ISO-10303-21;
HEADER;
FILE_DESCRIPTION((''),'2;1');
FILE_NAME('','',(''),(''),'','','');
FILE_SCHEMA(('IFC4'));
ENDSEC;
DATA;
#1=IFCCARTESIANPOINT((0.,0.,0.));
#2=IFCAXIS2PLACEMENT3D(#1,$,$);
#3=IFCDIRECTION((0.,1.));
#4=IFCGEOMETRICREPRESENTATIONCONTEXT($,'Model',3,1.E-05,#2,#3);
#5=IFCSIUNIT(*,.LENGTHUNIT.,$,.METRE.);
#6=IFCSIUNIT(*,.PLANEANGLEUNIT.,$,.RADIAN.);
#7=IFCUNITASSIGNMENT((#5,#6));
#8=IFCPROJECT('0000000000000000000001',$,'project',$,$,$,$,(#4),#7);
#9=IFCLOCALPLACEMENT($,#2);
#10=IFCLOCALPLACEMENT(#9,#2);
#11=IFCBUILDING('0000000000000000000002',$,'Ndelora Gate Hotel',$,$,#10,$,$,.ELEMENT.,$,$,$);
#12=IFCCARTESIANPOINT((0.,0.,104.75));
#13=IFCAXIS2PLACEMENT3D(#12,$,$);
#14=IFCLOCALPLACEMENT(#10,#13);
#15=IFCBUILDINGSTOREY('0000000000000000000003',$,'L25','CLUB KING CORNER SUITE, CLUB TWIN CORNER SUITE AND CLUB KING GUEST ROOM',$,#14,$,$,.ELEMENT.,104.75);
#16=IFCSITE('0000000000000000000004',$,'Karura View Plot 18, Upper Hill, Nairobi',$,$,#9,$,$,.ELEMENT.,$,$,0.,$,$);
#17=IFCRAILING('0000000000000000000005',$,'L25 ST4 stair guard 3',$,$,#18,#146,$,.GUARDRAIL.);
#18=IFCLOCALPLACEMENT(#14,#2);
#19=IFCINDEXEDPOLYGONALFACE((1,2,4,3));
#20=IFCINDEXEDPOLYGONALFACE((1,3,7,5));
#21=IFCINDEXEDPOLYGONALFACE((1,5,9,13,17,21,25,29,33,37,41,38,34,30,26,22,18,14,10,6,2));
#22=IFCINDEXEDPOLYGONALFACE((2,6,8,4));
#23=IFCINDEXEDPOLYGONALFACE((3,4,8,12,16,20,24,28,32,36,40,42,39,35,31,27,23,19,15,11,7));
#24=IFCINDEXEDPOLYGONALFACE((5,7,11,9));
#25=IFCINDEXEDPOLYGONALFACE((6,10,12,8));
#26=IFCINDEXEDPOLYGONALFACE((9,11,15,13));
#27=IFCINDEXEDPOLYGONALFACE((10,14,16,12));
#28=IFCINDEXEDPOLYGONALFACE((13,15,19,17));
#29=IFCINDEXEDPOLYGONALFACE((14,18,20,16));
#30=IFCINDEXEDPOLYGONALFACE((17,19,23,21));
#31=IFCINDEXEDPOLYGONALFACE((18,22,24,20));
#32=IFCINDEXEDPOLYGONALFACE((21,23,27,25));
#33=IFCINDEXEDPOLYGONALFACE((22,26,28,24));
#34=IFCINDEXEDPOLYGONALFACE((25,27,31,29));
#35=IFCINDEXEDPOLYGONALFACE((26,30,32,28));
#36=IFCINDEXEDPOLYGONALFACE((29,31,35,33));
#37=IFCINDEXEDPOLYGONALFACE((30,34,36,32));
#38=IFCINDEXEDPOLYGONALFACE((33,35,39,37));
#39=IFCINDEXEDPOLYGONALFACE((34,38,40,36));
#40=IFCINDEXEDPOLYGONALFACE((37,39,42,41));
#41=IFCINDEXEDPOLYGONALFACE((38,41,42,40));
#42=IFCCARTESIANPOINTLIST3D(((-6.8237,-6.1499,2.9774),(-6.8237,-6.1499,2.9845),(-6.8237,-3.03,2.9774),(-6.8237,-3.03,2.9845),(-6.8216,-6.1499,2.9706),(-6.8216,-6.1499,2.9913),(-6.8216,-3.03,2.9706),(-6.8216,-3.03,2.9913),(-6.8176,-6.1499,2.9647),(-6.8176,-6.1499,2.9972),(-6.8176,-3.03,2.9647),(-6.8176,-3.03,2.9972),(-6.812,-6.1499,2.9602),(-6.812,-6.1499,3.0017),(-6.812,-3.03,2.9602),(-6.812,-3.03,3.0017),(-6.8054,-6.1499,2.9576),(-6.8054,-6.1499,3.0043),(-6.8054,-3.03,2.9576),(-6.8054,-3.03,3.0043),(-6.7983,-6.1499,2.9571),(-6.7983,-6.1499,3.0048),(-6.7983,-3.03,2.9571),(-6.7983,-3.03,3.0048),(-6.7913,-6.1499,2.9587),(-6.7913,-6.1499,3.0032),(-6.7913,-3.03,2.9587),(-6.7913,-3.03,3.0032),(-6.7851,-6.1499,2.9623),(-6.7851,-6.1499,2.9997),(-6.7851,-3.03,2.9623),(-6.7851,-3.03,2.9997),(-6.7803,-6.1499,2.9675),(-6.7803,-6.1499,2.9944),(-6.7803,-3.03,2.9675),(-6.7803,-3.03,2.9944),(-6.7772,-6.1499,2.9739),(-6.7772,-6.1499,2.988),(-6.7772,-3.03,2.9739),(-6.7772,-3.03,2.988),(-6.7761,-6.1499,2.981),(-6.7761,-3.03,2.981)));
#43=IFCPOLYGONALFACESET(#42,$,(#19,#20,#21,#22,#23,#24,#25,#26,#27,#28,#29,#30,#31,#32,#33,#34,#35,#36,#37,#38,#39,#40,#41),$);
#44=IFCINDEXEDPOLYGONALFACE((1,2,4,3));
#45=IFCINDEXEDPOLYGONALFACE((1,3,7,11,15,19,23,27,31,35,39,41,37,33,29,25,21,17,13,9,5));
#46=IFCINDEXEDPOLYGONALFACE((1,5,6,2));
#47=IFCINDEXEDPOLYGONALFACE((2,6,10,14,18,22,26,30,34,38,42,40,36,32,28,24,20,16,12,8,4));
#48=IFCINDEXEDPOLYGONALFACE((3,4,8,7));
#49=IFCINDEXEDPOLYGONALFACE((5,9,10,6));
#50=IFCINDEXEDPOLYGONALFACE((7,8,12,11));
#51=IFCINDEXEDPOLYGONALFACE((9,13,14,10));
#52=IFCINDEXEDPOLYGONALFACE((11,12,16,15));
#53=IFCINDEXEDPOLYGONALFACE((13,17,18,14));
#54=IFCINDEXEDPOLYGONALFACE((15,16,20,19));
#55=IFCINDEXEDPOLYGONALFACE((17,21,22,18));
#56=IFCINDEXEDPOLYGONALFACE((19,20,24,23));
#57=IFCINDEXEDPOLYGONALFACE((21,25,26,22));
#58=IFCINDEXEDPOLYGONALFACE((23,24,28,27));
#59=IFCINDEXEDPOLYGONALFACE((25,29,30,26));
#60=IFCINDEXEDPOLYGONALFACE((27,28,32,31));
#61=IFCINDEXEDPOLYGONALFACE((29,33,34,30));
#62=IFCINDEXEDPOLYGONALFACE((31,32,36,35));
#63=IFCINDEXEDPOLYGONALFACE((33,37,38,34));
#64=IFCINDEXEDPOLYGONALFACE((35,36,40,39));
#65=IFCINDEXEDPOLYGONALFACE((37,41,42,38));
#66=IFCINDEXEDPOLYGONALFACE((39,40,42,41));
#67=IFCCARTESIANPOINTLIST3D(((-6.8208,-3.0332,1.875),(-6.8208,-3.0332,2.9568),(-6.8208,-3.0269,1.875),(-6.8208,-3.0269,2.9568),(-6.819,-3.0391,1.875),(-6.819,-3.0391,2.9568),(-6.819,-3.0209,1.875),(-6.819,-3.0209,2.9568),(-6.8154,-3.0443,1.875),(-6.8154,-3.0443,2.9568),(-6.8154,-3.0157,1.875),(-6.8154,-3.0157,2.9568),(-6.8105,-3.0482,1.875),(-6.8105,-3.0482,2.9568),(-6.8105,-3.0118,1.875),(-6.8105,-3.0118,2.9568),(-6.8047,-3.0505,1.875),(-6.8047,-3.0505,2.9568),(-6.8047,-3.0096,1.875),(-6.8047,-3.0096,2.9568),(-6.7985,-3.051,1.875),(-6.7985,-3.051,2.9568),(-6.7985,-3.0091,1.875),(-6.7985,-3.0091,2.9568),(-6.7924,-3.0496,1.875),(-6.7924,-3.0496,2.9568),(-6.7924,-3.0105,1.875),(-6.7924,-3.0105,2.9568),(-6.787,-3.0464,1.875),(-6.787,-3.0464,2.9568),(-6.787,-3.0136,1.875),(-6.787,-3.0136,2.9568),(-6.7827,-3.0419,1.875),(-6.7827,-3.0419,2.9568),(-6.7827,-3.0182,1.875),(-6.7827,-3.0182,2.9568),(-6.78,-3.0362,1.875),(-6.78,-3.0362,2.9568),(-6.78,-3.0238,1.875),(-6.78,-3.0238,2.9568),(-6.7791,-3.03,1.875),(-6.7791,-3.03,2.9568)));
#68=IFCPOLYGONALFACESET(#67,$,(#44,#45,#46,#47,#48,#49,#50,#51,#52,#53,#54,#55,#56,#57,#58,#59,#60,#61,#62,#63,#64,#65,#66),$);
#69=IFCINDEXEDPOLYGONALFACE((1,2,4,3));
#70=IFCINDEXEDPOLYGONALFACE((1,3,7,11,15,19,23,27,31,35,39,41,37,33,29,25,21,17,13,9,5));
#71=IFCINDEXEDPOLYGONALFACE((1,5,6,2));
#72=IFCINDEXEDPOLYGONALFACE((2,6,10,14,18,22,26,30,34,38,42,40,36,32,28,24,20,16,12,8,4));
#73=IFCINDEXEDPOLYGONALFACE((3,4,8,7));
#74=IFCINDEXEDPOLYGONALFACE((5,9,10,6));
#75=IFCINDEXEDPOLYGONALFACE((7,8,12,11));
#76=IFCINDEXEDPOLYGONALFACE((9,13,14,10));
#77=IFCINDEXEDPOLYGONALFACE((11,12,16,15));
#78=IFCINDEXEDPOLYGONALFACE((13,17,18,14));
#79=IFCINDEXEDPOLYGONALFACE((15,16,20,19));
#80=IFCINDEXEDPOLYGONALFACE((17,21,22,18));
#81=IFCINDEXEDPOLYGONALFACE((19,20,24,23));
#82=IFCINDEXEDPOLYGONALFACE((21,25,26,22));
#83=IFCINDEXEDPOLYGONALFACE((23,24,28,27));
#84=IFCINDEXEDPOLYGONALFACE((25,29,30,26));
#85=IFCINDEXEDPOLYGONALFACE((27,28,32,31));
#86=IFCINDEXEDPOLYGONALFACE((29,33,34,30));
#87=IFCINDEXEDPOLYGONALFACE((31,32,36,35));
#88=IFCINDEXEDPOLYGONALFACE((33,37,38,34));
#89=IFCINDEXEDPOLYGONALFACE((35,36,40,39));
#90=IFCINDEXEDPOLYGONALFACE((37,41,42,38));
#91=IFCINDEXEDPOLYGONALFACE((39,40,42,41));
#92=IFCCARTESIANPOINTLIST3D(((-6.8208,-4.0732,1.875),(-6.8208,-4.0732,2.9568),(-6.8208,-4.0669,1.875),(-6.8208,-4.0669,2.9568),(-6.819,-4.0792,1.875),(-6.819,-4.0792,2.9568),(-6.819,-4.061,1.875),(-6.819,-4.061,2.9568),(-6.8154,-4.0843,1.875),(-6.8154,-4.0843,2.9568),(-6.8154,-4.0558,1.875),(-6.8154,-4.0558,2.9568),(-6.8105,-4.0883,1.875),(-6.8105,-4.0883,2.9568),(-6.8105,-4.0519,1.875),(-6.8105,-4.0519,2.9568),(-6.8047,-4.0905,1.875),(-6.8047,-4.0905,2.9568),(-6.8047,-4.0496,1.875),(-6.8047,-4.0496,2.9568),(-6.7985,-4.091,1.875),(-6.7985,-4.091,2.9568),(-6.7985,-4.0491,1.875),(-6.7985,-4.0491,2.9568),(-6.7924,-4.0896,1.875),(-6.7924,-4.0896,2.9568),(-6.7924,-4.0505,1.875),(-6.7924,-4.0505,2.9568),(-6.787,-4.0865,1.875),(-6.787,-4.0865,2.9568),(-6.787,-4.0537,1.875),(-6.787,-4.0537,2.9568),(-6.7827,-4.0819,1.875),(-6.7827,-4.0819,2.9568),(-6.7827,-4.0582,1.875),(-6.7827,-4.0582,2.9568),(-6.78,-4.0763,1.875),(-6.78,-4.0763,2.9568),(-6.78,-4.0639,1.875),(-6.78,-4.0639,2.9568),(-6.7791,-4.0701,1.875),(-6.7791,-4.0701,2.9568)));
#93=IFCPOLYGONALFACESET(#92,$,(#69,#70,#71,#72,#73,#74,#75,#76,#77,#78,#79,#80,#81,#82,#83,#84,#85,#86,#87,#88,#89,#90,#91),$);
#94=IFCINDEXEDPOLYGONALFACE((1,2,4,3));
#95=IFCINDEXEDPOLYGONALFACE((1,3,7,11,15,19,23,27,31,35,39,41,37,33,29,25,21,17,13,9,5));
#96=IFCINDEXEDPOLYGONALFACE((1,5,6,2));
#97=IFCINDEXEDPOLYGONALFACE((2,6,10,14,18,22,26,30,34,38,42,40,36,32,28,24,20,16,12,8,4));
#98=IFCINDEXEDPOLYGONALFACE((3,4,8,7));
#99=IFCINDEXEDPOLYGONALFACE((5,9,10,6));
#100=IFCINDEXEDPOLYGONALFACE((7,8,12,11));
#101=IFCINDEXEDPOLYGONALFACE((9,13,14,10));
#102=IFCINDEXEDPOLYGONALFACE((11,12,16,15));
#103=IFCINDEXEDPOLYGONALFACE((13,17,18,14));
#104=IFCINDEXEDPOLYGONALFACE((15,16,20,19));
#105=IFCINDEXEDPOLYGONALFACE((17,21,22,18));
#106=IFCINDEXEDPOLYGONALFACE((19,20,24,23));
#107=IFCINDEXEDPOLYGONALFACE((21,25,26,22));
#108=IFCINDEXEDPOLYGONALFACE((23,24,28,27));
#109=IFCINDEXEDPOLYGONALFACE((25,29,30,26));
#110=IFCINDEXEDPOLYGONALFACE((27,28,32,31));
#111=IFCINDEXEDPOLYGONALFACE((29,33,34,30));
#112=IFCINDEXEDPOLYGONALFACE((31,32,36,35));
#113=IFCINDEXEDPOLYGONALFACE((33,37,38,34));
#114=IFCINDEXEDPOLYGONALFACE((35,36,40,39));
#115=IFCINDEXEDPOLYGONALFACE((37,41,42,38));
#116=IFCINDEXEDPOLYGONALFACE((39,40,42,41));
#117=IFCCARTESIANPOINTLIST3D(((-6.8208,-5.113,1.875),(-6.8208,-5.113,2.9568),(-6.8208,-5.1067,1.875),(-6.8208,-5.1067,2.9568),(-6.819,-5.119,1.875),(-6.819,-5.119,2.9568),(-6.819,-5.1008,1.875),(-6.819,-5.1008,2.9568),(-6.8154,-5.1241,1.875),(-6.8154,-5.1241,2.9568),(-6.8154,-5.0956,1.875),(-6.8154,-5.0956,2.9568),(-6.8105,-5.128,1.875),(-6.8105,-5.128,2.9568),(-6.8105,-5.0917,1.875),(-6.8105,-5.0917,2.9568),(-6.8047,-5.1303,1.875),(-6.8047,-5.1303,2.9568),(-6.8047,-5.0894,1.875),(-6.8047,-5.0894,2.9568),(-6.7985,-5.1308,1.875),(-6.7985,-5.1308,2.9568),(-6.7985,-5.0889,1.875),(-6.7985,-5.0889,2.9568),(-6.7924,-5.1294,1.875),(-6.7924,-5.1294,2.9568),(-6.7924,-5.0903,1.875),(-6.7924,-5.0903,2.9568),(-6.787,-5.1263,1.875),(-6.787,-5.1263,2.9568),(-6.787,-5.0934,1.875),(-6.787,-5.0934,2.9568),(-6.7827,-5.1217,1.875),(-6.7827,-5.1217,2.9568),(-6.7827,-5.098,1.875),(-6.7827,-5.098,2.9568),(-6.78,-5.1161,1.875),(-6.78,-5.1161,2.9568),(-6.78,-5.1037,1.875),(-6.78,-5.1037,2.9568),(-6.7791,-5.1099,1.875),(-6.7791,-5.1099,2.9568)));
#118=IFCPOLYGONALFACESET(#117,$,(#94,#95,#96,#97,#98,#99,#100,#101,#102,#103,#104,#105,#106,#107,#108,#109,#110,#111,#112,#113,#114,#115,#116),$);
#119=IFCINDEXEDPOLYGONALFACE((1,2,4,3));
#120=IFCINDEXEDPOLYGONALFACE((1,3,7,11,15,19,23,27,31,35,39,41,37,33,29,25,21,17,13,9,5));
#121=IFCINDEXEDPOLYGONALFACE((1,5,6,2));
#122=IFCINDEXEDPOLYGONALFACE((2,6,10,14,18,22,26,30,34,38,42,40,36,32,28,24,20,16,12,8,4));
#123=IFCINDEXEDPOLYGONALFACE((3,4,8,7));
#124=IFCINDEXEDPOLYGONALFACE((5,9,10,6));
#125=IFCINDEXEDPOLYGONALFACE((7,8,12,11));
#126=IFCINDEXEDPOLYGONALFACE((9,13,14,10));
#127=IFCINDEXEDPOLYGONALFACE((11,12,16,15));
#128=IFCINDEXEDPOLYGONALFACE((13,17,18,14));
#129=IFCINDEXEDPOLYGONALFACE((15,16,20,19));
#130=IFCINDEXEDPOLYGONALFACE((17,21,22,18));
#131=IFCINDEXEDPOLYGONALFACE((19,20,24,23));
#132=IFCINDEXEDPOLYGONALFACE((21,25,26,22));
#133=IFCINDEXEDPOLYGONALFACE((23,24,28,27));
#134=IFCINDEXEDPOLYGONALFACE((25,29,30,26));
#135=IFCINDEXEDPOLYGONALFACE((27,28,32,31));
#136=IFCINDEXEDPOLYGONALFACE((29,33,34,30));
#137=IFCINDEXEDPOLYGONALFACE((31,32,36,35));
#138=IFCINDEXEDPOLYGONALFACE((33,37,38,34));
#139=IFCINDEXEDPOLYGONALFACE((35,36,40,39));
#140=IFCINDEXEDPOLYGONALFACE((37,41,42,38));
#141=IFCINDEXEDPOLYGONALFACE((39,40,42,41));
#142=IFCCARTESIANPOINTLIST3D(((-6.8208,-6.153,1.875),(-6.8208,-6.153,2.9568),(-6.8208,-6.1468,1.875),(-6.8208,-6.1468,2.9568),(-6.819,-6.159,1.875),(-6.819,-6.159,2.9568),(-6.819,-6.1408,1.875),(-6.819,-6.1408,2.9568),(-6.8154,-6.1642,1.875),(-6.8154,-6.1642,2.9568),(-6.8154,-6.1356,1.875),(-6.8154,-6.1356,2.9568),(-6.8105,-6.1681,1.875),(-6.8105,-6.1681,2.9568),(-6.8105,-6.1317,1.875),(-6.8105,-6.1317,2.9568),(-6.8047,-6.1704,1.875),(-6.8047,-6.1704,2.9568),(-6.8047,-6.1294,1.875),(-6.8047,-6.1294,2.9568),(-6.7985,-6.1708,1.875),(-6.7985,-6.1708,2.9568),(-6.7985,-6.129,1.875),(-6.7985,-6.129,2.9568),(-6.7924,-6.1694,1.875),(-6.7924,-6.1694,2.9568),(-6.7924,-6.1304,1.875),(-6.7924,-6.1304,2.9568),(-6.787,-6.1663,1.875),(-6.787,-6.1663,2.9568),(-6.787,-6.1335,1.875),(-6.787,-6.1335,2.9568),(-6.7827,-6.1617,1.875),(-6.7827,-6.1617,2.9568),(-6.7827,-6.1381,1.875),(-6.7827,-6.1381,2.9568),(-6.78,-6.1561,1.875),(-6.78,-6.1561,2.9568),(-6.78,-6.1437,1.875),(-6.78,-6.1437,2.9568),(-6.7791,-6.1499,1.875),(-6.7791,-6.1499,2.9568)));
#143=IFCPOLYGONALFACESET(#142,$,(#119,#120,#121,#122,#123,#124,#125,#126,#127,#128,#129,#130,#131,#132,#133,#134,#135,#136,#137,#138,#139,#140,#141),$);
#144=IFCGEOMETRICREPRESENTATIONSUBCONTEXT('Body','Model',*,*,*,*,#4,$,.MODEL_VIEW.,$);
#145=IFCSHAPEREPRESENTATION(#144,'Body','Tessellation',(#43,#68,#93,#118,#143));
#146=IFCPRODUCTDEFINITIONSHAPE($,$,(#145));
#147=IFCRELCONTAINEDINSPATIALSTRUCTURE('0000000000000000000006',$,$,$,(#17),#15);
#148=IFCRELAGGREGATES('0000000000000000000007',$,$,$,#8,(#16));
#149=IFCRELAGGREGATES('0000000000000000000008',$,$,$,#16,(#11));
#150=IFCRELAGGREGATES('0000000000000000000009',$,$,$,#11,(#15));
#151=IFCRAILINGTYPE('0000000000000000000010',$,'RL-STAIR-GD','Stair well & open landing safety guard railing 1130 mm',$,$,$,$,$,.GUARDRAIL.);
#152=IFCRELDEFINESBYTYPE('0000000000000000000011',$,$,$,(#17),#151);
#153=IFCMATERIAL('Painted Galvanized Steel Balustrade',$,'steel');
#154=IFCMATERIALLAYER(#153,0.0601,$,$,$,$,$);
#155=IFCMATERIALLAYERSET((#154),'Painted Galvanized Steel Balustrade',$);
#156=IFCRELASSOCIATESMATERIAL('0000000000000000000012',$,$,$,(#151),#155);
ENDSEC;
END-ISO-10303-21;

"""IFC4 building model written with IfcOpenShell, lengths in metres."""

from ifc_helpers import new_model, si_unit, direction, frame, origin, origin_2d, place, context, subcontext, project, spatial, circle, extrude, material, layer, layer_set, type_object, element, save


model = new_model("IFC4")

# Units and contexts
model_context = context("Model", 3, precision=1e-05, world=origin(), true_north=direction((0.0, 1.0)))
body_context = subcontext(model_context, "Body", "Model", "MODEL_VIEW")
ifc_project = project(units=[si_unit("LENGTHUNIT", "METRE"), si_unit("PLANEANGLEUNIT", "RADIAN")], contexts=[model_context])

# Site, building, storey
site_placement = place(None, origin())
site = spatial("IfcSite", under=ifc_project, at=site_placement, Name="Karura View Plot 18, Upper Hill, Nairobi", CompositionType="ELEMENT", RefElevation=0.0)
building_placement = place(site_placement, origin())
building = spatial("IfcBuilding", under=site, at=building_placement, Name="Ndelora Gate Hotel", CompositionType="ELEMENT")
storey_placement = place(building_placement, frame((0.0, 0.0, 104.75)))
storey = spatial("IfcBuildingStorey", under=building, at=storey_placement, Name="L25", Description="CLUB KING CORNER SUITE, CLUB TWIN CORNER SUITE AND CLUB KING GUEST ROOM", CompositionType="ELEMENT", Elevation=104.75)

# Railing
ifc_material_1 = material(Name="Painted Galvanized Steel Balustrade", Category="steel")
ifc_layer_1 = layer(ifc_material_1, 0.0601)
ifc_layer_set_1 = layer_set([ifc_layer_1], Name="Painted Galvanized Steel Balustrade")
railing_type_1 = type_object("IfcRailingType", Name="RL-STAIR-GD", Description="Stair well & open landing safety guard railing 1130 mm", PredefinedType="GUARDRAIL", material=ifc_layer_set_1)
for number, where, name in (
    (1, (-6.8, -3.03, 1.875), "L25 ST4 stair guard 3"),
):
    element("IfcRailing", number, at=place(storey_placement, frame(where)), inside=storey, type_object=railing_type_1, Name=name, PredefinedType="GUARDRAIL", context=body_context, shape_type="SweptSolid", body=[
        extrude(circle(Radius=0.0239, at=origin_2d()), frame((0.0, 0.0, 1.106), z_axis=(0.0, -1.0, 0.0), x_axis=(1.0, 0.0, 0.0)), (0.0, 0.0, 1.0), 3.1199),
        extrude(circle(Radius=0.021, at=origin_2d()), origin(), (0.0, 0.0, 1.0), 1.0818),
        extrude(circle(Radius=0.021, at=origin_2d()), frame((0.0, -1.04, 0.0)), (0.0, 0.0, 1.0), 1.0818),
        extrude(circle(Radius=0.021, at=origin_2d()), frame((0.0, -2.0798, 0.0)), (0.0, 0.0, 1.0), 1.0818),
        extrude(circle(Radius=0.021, at=origin_2d()), frame((0.0, -3.1199, 0.0)), (0.0, 0.0, 1.0), 1.0818),
    ])

save(model, "model.ifc")
